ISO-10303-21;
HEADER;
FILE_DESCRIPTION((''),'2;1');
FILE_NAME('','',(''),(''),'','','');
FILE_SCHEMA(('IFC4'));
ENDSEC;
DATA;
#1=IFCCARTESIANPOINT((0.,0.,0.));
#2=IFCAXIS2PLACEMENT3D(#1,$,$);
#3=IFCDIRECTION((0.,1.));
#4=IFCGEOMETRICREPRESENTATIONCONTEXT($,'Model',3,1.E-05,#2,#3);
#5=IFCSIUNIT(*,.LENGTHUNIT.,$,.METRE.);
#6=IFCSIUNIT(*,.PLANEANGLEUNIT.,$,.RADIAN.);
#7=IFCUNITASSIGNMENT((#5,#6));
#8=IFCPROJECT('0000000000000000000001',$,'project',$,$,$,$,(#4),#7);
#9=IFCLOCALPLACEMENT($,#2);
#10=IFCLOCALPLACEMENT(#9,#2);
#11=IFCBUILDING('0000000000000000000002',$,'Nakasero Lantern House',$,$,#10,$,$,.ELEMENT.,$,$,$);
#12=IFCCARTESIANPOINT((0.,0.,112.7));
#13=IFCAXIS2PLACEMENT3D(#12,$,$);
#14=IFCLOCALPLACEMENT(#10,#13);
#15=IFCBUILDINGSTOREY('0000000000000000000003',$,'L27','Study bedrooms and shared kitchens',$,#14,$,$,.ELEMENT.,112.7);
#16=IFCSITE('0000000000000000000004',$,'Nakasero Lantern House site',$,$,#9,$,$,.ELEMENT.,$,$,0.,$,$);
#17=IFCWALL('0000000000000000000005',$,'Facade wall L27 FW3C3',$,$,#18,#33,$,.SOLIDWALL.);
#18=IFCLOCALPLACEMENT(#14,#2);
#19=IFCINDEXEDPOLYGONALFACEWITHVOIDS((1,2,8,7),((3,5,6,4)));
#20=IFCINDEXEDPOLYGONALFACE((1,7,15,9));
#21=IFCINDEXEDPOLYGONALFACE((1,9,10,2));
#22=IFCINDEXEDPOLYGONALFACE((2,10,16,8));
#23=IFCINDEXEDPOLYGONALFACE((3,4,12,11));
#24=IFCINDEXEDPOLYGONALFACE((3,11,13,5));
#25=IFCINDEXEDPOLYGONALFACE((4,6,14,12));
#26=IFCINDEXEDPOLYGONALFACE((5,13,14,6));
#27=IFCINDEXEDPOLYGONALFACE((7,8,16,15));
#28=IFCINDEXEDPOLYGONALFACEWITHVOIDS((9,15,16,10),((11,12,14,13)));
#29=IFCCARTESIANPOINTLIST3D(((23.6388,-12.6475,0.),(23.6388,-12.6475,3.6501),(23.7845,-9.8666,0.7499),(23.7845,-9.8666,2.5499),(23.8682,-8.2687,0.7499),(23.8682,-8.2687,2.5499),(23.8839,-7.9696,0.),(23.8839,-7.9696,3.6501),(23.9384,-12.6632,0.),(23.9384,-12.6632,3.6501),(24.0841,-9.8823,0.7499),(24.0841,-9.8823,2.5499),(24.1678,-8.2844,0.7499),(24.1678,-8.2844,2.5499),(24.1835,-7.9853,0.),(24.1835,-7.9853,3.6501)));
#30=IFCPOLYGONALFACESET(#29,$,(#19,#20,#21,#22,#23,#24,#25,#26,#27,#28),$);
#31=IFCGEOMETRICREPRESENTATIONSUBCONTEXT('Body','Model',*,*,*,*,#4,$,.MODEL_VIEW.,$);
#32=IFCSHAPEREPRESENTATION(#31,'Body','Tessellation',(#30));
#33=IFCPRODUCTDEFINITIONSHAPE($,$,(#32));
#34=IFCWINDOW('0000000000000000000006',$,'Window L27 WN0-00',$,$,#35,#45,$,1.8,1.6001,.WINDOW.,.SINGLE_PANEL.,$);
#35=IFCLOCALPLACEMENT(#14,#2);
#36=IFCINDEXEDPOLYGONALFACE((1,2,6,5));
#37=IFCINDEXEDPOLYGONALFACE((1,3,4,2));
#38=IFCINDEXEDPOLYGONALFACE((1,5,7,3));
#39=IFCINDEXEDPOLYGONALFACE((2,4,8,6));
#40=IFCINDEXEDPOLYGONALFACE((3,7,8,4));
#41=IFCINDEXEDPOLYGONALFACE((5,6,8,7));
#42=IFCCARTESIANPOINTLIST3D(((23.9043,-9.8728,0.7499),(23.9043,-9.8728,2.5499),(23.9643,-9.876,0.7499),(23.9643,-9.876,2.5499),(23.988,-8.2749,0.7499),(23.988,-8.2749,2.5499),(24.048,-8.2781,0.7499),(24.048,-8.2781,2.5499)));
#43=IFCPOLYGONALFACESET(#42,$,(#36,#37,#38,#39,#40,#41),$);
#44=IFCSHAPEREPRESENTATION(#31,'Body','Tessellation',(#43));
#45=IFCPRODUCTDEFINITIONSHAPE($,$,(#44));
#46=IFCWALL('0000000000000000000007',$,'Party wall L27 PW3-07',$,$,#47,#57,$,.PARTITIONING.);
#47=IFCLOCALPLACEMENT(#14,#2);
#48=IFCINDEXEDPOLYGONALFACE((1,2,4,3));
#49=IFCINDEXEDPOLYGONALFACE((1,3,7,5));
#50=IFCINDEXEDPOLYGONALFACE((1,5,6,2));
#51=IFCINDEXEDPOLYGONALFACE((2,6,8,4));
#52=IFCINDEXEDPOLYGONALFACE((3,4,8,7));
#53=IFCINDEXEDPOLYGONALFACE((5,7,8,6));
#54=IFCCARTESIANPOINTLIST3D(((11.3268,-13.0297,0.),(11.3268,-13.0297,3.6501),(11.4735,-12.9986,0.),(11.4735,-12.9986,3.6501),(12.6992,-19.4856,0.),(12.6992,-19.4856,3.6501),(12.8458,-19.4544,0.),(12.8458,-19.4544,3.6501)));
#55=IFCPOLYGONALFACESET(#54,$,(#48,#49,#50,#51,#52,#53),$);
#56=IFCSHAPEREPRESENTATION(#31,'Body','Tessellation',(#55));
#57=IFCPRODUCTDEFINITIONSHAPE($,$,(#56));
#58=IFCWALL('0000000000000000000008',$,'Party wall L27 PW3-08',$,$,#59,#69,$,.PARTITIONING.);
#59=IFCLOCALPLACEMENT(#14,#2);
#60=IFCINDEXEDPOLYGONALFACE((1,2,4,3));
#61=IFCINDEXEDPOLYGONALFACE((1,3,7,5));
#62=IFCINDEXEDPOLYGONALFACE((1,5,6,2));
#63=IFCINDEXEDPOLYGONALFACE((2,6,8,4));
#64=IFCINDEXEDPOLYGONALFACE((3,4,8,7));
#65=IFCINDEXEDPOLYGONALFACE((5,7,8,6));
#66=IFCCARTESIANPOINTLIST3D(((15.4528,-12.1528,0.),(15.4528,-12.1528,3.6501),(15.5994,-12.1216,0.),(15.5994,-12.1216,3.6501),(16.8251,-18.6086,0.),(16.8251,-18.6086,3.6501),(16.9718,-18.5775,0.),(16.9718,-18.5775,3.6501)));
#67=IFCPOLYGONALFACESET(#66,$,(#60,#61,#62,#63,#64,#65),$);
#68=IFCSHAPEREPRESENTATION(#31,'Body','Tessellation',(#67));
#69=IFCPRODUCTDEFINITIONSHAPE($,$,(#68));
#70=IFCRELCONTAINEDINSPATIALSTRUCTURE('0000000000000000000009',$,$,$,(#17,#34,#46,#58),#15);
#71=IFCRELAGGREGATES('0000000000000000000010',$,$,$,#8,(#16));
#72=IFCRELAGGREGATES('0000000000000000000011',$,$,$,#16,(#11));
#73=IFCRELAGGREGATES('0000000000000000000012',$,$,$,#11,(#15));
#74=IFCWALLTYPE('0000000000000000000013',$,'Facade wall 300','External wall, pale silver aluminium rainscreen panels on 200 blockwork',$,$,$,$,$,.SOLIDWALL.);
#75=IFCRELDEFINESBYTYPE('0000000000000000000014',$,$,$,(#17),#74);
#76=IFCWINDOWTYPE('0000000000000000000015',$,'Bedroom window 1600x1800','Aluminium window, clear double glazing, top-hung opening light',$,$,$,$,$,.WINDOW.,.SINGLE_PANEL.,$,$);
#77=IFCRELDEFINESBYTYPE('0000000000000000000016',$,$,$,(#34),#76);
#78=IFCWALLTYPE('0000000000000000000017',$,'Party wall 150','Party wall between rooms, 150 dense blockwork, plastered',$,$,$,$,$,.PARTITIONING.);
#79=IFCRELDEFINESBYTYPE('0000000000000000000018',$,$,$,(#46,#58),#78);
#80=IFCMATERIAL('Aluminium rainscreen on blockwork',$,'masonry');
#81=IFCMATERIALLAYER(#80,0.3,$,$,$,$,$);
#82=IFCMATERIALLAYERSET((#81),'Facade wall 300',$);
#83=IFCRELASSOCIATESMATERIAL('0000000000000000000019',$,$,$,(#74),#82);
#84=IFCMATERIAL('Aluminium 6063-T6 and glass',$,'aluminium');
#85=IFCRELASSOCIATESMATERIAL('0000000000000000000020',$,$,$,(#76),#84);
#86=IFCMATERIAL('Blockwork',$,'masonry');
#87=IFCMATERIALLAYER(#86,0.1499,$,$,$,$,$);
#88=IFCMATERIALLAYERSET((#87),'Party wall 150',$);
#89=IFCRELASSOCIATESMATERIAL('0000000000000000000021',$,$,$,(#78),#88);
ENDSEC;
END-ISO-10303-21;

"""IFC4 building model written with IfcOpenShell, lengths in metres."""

from ifc_helpers import new_model, si_unit, direction, frame, frame_2d, origin, place, context, subcontext, project, spatial, rectangle, extrude, material, layer, layer_set, type_object, element, fill, save


model = new_model("IFC4")

# Units and contexts
model_context = context("Model", 3, precision=1e-05, world=origin(), true_north=direction((0.0, 1.0)))
body_context = subcontext(model_context, "Body", "Model", "MODEL_VIEW")
ifc_project = project(units=[si_unit("LENGTHUNIT", "METRE"), si_unit("PLANEANGLEUNIT", "RADIAN")], contexts=[model_context])

# Site, building, storey
site_placement = place(None, origin())
site = spatial("IfcSite", under=ifc_project, at=site_placement, Name="Nakasero Lantern House site", CompositionType="ELEMENT", RefElevation=0.0)
building_placement = place(site_placement, origin())
building = spatial("IfcBuilding", under=site, at=building_placement, Name="Nakasero Lantern House", CompositionType="ELEMENT")
storey_placement = place(building_placement, frame((0.0, 0.0, 112.7)))
storey = spatial("IfcBuildingStorey", under=building, at=storey_placement, Name="L27", Description="Study bedrooms and shared kitchens", CompositionType="ELEMENT", Elevation=112.7)

# Shared definitions
ifc_material_1 = material(Name="Aluminium rainscreen on blockwork", Category="masonry")
ifc_layer_1 = layer(ifc_material_1, 0.3)
ifc_layer_set_1 = layer_set([ifc_layer_1], Name="Facade wall 300")
wall_type_1 = type_object("IfcWallType", Name="Facade wall 300", Description="External wall, pale silver aluminium rainscreen panels on 200 blockwork", PredefinedType="SOLIDWALL", material=ifc_layer_set_1)

# Wall, opening, window
wall_1_placement = place(storey_placement, frame((23.7886, -12.6555, 0.0), z_axis=(0.0, 0.0, 1.0), x_axis=(0.052326, 0.99863, 0.0)))
wall_1 = element("IfcWall", 1, at=wall_1_placement, inside=storey, type_object=wall_type_1, Name="Facade wall L27 FW3C3", PredefinedType="SOLIDWALL", context=body_context, shape_type="SweptSolid", body=[
    extrude(rectangle(XDim=4.6843, YDim=0.3, at=frame_2d((2.3423, 0.0))), origin(), (0.0, 0.0, 1.0), 3.6501),
])
opening_1_placement = place(wall_1_placement, frame((2.7849, 0.0, 0.75)))
opening_1 = element("IfcOpeningElement", 2, at=opening_1_placement, cuts=wall_1, PredefinedType="OPENING", context=body_context, shape_type="SweptSolid", body=[
    extrude(rectangle(XDim=1.6001, YDim=1.8, at=frame_2d((0.8, 0.8999))), frame((0.0, 0.1699, 0.0), z_axis=(0.0, -1.0, 0.0), x_axis=(1.0, 0.0, 0.0)), (0.0, 0.0, 1.0), 0.3401),
])
ifc_material_2 = material(Name="Aluminium 6063-T6 and glass", Category="aluminium")
window_type_1 = type_object("IfcWindowType", Name="Bedroom window 1600x1800", Description="Aluminium window, clear double glazing, top-hung opening light", PartitioningType="SINGLE_PANEL", PredefinedType="WINDOW", material=ifc_material_2)
window_1_placement = place(opening_1_placement, origin())
window_1 = element("IfcWindow", 3, at=window_1_placement, inside=storey, type_object=window_type_1, Name="Window L27 WN0-00", OverallHeight=1.8, OverallWidth=1.6001, PartitioningType="SINGLE_PANEL", PredefinedType="WINDOW", context=body_context, shape_type="SweptSolid", body=[
    extrude(rectangle(XDim=1.6001, YDim=1.8, at=frame_2d((0.8, 0.8999))), frame((0.0, 0.03, 0.0), z_axis=(0.0, -1.0, 0.0), x_axis=(1.0, 0.0, 0.0)), (0.0, 0.0, 1.0), 0.0601),
])
fill(opening_1, window_1)

# Walls
ifc_material_3 = material(Name="Blockwork", Category="masonry")
ifc_layer_2 = layer(ifc_material_3, 0.1499)
ifc_layer_set_2 = layer_set([ifc_layer_2], Name="Party wall 150")
wall_type_2 = type_object("IfcWallType", Name="Party wall 150", Description="Party wall between rooms, 150 dense blockwork, plastered", PredefinedType="PARTITIONING", material=ifc_layer_set_2)
for number, where, z_axis, x_axis, name in (
    (4, (11.4001, -13.0142, 0.0), (0.0, 0.0, 1.0), (0.207925, -0.978145, 0.0), "Party wall L27 PW3-07"),
    (5, (15.5261, -12.1372, 0.0), (0.0, 0.0, 1.0), (0.207925, -0.978145, 0.0), "Party wall L27 PW3-08"),
):
    element("IfcWall", number, at=place(storey_placement, frame(where, z_axis=z_axis, x_axis=x_axis)), inside=storey, type_object=wall_type_2, Name=name, PredefinedType="PARTITIONING", context=body_context, shape_type="SweptSolid", body=[
        extrude(rectangle(XDim=6.6001, YDim=0.1499, at=frame_2d((3.3, 0.0))), origin(), (0.0, 0.0, 1.0), 3.6501),
    ])

save(model, "model.ifc")
